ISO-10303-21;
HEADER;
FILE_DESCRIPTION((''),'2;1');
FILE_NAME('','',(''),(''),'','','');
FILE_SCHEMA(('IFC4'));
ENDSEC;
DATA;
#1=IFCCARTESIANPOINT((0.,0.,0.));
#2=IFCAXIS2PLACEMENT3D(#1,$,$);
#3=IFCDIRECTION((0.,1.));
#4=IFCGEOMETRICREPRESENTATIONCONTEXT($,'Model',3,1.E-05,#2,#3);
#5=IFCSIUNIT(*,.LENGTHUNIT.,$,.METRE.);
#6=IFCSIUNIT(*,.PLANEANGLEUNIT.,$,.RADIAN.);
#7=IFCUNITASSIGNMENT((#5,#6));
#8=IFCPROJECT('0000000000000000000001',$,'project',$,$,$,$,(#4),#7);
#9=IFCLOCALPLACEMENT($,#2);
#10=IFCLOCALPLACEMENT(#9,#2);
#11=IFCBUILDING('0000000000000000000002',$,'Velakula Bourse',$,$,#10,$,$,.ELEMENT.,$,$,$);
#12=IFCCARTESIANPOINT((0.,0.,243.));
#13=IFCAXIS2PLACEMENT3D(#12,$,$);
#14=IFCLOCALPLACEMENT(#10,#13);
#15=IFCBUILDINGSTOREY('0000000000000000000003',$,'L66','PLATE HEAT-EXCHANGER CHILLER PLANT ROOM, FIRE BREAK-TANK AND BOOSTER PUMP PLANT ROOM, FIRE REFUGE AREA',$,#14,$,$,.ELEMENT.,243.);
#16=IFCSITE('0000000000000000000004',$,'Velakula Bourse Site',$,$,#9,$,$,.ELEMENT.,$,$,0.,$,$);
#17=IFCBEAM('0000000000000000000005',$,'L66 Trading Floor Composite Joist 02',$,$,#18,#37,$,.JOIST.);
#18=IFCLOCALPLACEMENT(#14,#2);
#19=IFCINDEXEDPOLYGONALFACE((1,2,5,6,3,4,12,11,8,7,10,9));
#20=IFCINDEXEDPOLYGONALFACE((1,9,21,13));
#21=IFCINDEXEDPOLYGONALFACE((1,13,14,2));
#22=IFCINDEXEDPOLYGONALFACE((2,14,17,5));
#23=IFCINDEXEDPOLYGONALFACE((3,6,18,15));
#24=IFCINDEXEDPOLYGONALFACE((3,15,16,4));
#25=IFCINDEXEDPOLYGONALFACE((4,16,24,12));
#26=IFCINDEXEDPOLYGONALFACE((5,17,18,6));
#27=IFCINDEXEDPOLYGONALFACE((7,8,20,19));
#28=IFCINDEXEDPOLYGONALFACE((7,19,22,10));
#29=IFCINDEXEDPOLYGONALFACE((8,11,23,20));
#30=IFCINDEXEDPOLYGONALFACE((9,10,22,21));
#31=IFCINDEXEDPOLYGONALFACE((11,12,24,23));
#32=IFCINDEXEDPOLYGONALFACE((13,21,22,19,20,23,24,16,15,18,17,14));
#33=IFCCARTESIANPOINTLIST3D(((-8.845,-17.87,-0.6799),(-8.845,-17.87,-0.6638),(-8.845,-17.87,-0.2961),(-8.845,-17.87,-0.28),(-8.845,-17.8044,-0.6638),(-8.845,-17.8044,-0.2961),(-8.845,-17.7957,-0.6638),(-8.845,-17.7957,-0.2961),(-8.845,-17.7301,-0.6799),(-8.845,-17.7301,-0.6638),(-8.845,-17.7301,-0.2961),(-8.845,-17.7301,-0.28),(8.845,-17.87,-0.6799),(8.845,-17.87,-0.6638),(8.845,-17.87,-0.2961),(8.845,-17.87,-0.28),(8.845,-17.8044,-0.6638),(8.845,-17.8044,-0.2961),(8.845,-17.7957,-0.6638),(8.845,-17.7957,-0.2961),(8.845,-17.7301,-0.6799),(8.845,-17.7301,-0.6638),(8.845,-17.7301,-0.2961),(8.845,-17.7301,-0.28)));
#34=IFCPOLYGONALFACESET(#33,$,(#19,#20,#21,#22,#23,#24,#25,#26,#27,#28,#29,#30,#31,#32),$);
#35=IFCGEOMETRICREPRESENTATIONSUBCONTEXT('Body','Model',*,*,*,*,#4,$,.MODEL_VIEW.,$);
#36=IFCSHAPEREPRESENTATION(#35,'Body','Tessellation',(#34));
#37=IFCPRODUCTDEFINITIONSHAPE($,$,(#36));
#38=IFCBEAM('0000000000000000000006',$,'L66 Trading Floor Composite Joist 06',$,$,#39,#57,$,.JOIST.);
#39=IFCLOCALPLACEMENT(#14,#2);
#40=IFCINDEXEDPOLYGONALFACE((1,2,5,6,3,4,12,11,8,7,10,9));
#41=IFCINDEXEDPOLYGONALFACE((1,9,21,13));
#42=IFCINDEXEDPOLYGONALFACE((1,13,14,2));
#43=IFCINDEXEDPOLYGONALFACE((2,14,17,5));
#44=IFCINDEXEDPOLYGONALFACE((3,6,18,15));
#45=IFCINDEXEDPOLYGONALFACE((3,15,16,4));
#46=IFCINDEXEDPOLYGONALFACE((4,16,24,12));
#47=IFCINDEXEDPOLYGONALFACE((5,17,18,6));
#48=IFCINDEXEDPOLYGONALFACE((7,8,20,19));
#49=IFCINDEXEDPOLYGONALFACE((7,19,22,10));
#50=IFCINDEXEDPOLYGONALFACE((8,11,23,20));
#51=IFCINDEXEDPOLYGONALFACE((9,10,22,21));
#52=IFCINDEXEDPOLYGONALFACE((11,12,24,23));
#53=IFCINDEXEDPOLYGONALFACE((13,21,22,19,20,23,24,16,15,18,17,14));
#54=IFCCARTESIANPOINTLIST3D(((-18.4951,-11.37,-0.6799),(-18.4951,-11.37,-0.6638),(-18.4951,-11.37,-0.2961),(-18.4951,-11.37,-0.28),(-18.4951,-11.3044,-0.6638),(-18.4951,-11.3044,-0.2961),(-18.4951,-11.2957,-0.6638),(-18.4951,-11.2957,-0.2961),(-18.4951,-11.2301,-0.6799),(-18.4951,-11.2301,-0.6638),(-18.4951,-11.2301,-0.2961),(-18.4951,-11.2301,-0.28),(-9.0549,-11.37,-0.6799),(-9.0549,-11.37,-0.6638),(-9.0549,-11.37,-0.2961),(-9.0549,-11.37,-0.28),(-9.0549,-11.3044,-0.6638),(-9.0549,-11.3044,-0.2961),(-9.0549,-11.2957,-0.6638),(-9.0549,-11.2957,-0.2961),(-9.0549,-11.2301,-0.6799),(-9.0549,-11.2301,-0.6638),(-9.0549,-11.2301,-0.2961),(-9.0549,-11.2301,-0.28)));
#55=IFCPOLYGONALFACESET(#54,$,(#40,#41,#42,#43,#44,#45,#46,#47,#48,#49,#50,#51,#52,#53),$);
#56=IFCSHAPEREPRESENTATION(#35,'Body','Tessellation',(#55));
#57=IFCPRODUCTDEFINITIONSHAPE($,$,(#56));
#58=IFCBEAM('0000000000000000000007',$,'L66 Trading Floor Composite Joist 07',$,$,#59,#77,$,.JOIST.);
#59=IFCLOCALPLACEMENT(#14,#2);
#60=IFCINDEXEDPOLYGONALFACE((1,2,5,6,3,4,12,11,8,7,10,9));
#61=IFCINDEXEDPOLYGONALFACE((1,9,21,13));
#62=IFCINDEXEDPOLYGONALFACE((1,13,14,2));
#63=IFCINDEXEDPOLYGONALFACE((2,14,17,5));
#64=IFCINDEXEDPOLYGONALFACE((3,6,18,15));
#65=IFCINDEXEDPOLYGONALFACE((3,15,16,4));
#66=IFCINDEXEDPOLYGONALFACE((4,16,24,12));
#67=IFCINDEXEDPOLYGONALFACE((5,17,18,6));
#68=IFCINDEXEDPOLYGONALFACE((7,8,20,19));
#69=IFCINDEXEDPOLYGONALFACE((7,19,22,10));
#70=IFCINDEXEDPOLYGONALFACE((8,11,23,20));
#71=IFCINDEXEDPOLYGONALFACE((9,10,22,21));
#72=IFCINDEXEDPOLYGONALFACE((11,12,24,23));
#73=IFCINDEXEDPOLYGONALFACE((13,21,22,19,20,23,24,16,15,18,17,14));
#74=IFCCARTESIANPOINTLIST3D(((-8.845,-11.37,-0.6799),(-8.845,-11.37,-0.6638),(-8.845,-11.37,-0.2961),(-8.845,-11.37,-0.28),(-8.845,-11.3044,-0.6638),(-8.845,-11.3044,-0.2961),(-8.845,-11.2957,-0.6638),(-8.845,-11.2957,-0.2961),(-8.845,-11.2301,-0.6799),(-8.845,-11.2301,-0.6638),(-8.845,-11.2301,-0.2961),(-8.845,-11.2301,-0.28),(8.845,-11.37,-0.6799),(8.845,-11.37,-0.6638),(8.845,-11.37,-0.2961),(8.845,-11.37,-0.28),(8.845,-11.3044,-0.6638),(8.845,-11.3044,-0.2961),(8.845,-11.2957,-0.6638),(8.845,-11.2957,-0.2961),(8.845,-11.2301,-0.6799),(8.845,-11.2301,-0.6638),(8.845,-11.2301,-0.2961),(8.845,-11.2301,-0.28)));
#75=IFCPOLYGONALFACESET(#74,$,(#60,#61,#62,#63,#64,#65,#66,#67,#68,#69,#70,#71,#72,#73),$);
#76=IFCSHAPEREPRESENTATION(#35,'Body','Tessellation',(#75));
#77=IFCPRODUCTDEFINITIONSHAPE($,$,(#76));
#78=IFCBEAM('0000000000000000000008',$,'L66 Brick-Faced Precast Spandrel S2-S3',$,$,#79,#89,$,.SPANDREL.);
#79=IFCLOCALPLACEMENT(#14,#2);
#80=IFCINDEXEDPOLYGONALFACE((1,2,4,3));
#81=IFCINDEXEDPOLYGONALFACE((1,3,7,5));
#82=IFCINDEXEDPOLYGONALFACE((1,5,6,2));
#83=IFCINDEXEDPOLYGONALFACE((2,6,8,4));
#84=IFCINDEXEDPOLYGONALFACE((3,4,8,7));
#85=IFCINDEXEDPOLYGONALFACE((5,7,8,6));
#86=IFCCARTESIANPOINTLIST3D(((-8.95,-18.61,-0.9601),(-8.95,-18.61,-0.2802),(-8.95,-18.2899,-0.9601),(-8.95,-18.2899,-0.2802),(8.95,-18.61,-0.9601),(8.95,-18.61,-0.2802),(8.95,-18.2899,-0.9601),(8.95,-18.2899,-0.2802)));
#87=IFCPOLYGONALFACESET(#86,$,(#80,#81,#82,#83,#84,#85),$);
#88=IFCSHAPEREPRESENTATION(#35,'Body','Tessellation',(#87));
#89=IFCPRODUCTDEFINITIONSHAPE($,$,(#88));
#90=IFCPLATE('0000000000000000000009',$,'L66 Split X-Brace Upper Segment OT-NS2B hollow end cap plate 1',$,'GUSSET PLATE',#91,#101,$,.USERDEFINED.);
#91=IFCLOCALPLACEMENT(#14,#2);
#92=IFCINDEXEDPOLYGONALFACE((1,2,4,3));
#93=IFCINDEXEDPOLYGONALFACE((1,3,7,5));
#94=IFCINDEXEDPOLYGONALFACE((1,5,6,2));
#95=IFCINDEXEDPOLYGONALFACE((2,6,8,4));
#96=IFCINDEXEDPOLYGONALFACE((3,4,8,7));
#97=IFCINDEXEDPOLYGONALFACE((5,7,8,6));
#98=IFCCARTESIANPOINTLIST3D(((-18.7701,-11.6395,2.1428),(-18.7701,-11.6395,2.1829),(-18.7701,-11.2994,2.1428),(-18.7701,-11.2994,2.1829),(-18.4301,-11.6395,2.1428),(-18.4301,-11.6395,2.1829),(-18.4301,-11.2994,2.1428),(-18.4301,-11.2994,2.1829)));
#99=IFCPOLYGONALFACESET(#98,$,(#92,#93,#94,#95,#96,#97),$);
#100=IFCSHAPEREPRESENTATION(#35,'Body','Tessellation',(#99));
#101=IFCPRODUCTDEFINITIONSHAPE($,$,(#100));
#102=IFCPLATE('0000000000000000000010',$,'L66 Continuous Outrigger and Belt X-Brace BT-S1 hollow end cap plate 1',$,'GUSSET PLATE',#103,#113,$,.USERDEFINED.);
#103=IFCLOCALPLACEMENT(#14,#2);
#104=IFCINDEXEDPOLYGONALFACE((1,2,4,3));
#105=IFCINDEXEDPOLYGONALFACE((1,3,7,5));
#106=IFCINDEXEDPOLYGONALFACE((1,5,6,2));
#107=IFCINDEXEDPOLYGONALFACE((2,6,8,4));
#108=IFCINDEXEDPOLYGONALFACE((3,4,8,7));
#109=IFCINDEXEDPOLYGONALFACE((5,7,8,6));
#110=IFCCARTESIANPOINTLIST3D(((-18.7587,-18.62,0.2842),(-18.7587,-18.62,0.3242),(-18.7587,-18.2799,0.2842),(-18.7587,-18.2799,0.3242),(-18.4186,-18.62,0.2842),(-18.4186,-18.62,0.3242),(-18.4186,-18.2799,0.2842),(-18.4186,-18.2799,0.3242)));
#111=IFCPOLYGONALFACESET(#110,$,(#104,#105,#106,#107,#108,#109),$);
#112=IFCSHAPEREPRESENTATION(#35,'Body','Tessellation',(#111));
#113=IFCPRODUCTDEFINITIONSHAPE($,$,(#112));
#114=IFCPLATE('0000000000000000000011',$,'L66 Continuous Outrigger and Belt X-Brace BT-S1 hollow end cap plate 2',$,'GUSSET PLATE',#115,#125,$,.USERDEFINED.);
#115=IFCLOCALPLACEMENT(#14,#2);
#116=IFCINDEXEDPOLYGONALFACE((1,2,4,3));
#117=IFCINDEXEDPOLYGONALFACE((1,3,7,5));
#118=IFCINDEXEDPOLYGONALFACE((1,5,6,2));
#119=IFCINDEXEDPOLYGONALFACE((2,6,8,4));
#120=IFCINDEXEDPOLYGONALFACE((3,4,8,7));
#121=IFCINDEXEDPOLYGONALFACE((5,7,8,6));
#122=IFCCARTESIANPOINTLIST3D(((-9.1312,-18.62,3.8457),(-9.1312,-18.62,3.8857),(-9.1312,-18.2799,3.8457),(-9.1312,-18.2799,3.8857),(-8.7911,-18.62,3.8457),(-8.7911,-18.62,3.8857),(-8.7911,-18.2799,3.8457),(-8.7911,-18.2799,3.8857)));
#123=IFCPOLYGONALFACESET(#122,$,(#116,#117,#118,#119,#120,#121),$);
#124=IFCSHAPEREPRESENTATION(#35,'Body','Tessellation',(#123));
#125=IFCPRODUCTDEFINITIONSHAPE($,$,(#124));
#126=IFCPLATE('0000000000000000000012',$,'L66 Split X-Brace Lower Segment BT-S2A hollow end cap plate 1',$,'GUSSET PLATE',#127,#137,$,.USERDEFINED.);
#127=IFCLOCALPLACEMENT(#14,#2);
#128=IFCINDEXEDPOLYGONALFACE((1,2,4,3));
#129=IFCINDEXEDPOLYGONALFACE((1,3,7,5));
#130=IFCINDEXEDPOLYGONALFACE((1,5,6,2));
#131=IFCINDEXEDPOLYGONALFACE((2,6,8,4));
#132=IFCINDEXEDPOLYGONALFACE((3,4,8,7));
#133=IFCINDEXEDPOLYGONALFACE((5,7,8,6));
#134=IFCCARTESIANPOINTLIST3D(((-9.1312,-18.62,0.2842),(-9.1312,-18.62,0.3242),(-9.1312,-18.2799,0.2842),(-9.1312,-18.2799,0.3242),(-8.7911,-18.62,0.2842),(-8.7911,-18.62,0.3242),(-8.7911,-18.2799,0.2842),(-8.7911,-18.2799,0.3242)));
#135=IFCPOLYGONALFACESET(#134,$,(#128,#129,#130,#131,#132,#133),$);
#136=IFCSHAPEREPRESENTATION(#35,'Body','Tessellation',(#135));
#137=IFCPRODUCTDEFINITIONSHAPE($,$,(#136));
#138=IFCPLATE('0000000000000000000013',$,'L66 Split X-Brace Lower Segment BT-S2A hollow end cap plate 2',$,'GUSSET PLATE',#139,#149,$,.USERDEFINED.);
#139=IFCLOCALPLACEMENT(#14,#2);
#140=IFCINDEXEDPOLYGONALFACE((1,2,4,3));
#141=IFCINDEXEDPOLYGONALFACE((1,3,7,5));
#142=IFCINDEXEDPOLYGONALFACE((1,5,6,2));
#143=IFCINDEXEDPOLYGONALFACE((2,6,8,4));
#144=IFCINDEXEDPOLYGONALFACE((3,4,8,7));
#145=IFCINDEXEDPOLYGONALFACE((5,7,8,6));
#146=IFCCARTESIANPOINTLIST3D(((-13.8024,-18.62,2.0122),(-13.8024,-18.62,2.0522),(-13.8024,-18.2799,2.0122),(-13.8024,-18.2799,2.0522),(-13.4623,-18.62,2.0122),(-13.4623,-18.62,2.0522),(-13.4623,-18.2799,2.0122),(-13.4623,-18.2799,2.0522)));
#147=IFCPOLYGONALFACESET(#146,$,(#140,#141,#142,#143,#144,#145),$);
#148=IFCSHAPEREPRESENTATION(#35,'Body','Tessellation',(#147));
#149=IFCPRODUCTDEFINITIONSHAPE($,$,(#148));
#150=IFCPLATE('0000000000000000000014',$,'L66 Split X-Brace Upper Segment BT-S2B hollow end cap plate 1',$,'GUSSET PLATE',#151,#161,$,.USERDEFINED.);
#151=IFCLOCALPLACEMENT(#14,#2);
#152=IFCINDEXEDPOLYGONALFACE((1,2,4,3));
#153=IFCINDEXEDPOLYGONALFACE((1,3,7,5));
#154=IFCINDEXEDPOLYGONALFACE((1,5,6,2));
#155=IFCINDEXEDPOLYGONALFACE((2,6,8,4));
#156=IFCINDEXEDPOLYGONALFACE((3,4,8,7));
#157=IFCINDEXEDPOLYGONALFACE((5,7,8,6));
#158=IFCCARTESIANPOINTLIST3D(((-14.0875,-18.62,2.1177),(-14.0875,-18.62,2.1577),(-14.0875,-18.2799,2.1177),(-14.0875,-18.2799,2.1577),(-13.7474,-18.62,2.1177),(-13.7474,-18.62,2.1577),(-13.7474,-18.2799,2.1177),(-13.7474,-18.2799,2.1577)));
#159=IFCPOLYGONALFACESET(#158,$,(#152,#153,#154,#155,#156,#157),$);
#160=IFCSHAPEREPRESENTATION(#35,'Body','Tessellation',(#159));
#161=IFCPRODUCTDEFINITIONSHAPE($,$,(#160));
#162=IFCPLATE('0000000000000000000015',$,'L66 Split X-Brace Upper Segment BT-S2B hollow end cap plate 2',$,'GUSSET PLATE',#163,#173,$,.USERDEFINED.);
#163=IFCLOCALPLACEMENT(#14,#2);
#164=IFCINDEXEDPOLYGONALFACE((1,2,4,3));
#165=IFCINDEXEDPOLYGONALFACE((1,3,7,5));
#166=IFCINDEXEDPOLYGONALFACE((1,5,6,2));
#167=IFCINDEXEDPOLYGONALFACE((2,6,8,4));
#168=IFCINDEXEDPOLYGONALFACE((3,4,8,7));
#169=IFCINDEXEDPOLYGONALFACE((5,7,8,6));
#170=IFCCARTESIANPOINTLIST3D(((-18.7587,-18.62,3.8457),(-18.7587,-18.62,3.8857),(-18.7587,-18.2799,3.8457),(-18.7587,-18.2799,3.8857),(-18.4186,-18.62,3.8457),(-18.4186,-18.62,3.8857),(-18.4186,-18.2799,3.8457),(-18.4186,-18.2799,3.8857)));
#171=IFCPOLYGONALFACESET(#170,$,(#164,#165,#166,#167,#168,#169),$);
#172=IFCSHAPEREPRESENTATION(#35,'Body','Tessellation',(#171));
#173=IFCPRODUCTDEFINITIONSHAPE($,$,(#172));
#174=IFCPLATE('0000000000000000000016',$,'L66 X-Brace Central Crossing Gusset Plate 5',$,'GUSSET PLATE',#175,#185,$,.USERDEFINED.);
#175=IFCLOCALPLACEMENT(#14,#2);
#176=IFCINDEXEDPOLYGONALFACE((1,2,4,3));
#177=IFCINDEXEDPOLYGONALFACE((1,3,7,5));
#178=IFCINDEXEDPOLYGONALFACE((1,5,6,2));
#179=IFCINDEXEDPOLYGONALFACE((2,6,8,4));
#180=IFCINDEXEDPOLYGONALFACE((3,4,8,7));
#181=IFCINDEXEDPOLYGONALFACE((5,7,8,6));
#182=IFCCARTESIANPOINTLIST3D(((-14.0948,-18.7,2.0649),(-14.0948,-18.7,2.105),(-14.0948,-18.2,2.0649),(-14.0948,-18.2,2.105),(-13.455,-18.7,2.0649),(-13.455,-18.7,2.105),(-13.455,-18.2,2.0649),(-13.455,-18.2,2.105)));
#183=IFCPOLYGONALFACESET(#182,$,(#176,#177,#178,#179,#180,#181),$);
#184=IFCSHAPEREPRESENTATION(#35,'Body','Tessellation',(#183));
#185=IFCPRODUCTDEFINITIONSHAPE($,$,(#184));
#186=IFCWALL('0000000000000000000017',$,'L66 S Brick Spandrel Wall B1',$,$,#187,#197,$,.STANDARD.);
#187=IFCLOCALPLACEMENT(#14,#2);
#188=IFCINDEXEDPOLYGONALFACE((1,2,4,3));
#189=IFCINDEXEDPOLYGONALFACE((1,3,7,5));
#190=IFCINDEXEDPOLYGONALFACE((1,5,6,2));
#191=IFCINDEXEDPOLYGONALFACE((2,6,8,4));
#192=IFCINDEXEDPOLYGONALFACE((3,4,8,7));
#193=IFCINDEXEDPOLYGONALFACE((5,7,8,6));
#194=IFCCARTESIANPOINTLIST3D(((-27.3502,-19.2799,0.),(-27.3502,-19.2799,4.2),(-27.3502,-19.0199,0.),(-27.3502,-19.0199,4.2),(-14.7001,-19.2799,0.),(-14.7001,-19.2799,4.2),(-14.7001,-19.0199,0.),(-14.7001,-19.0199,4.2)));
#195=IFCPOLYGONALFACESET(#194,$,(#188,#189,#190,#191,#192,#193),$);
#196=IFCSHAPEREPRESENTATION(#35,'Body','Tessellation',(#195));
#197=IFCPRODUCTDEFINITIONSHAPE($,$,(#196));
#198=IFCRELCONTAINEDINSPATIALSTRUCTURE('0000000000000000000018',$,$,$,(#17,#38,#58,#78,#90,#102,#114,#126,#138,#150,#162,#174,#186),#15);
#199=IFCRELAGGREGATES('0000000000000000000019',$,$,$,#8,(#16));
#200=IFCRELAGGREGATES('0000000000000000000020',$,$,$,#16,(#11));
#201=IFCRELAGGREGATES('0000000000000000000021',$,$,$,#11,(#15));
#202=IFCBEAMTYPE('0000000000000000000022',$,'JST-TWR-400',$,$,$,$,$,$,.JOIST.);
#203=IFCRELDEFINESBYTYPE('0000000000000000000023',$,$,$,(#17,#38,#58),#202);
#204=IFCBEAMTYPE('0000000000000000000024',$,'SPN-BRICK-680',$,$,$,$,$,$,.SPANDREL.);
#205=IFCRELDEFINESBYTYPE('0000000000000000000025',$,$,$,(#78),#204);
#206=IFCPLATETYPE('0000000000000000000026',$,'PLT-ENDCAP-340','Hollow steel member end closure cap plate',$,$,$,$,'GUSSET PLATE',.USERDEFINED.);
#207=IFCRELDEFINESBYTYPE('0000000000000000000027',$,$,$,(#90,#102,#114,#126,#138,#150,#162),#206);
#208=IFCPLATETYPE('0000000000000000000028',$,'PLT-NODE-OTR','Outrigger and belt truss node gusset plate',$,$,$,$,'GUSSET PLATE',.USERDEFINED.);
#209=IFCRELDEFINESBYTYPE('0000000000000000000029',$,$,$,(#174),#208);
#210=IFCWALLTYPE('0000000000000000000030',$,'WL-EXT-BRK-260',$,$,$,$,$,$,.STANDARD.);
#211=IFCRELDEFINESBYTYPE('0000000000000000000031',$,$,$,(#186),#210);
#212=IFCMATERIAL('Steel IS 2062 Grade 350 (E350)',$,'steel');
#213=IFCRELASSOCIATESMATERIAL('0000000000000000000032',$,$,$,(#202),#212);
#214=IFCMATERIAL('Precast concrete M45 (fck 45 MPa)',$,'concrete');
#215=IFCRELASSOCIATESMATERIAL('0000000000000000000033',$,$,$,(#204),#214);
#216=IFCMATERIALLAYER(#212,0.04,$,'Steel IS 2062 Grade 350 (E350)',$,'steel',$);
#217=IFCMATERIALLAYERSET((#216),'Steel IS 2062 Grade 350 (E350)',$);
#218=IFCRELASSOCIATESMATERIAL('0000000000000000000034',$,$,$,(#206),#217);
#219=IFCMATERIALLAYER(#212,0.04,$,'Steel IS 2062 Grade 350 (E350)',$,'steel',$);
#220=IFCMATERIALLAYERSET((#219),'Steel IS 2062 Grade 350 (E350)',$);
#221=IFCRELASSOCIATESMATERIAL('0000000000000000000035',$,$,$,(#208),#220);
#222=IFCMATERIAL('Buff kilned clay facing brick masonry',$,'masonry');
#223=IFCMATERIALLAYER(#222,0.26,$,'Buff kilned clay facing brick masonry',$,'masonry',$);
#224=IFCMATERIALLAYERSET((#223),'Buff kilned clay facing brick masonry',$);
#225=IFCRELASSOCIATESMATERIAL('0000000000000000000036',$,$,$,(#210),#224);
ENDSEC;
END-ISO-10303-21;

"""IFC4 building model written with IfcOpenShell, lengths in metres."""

from ifc_helpers import new_model, si_unit, direction, frame, frame_2d, origin, origin_2d, place, context, subcontext, project, spatial, rectangle, i_section, extrude, material, layer, layer_set, material_profile, profile_set, type_object, element, save


model = new_model("IFC4")

# Units and contexts
model_context = context("Model", 3, precision=1e-05, world=origin(), true_north=direction((0.0, 1.0)))
body_context = subcontext(model_context, "Body", "Model", "MODEL_VIEW")
ifc_project = project(units=[si_unit("LENGTHUNIT", "METRE"), si_unit("PLANEANGLEUNIT", "RADIAN")], contexts=[model_context])

# Site, building, storey
site_placement = place(None, origin())
site = spatial("IfcSite", under=ifc_project, at=site_placement, Name="Velakula Bourse Site", CompositionType="ELEMENT", RefElevation=0.0)
building_placement = place(site_placement, origin())
building = spatial("IfcBuilding", under=site, at=building_placement, Name="Velakula Bourse", CompositionType="ELEMENT")
storey_placement = place(building_placement, frame((0.0, 0.0, 243.0)))
storey = spatial("IfcBuildingStorey", under=building, at=storey_placement, Name="L66", Description="PLATE HEAT-EXCHANGER CHILLER PLANT ROOM, FIRE BREAK-TANK AND BOOSTER PUMP PLANT ROOM, FIRE REFUGE AREA", CompositionType="ELEMENT", Elevation=243.0)

# Shared definitions
ifc_material_1 = material(Name="Steel IS 2062 Grade 350 (E350)", Category="steel")

# Beams
ifc_material_profile_1 = material_profile(ifc_material_1, i_section(OverallWidth=0.1399, OverallDepth=0.3999, WebThickness=0.0088, FlangeThickness=0.0161, at=origin_2d()), Name="Steel IS 2062 Grade 350 (E350)")
ifc_profile_set_1 = profile_set([ifc_material_profile_1], Name="Steel IS 2062 Grade 350 (E350)")
beam_type_1 = type_object("IfcBeamType", Name="JST-TWR-400", PredefinedType="JOIST", material=ifc_profile_set_1)
beam_1_placement = place(storey_placement, frame((-8.845, -17.8, -0.48), z_axis=(1.0, 0.0, 0.0), x_axis=(0.0, 1.0, 0.0)))
element("IfcBeam", 1, at=beam_1_placement, inside=storey, type_object=beam_type_1, Name="L66 Trading Floor Composite Joist 02", PredefinedType="JOIST", context=body_context, shape_type="SweptSolid", body=[
    extrude(i_section(OverallWidth=0.1399, OverallDepth=0.3999, WebThickness=0.0088, FlangeThickness=0.0161, at=origin_2d()), origin(), (0.0, 0.0, 1.0), 17.6899),
])
beam_2_placement = place(storey_placement, frame((-18.4951, -11.3, -0.48), z_axis=(1.0, 0.0, 0.0), x_axis=(0.0, 1.0, 0.0)))
element("IfcBeam", 2, at=beam_2_placement, inside=storey, type_object=beam_type_1, Name="L66 Trading Floor Composite Joist 06", PredefinedType="JOIST", context=body_context, shape_type="SweptSolid", body=[
    extrude(i_section(OverallWidth=0.1399, OverallDepth=0.3999, WebThickness=0.0088, FlangeThickness=0.0161, at=origin_2d()), origin(), (0.0, 0.0, 1.0), 9.4402),
])
beam_3_placement = place(storey_placement, frame((-8.845, -11.3, -0.48), z_axis=(1.0, 0.0, 0.0), x_axis=(0.0, 1.0, 0.0)))
element("IfcBeam", 3, at=beam_3_placement, inside=storey, type_object=beam_type_1, Name="L66 Trading Floor Composite Joist 07", PredefinedType="JOIST", context=body_context, shape_type="SweptSolid", body=[
    extrude(i_section(OverallWidth=0.1399, OverallDepth=0.3999, WebThickness=0.0088, FlangeThickness=0.0161, at=origin_2d()), origin(), (0.0, 0.0, 1.0), 17.6899),
])
ifc_material_2 = material(Name="Precast concrete M45 (fck 45 MPa)", Category="concrete")
ifc_material_profile_2 = material_profile(ifc_material_2, rectangle(XDim=0.3201, YDim=0.6799, at=origin_2d()), Name="Precast concrete M45 (fck 45 MPa)")
ifc_profile_set_2 = profile_set([ifc_material_profile_2], Name="Precast concrete M45 (fck 45 MPa)")
beam_type_2 = type_object("IfcBeamType", Name="SPN-BRICK-680", PredefinedType="SPANDREL", material=ifc_profile_set_2)
beam_4_placement = place(storey_placement, frame((-8.95, -18.45, -0.6201), z_axis=(1.0, 0.0, 0.0), x_axis=(0.0, 1.0, 0.0)))
element("IfcBeam", 4, at=beam_4_placement, inside=storey, type_object=beam_type_2, Name="L66 Brick-Faced Precast Spandrel S2-S3", PredefinedType="SPANDREL", context=body_context, shape_type="SweptSolid", body=[
    extrude(rectangle(XDim=0.3201, YDim=0.6799, at=origin_2d()), origin(), (0.0, 0.0, 1.0), 17.8999),
])

# Plates
ifc_layer_1 = layer(ifc_material_1, 0.04, Name="Steel IS 2062 Grade 350 (E350)", Category="steel")
ifc_layer_set_1 = layer_set([ifc_layer_1], Name="Steel IS 2062 Grade 350 (E350)")
plate_type_1 = type_object("IfcPlateType", Name="PLT-ENDCAP-340", Description="Hollow steel member end closure cap plate", ElementType="GUSSET PLATE", PredefinedType="USERDEFINED", material=ifc_layer_set_1)
for number, where, z_axis, x_axis, name in (
    (5, (-18.6001, -11.4695, 2.1428), (0.0, 0.0, 1.0), (0.0, 1.0, 0.0), "L66 Split X-Brace Upper Segment OT-NS2B hollow end cap plate 1"),
    (6, (-18.5886, -18.45, 0.2842), (0.0, 0.0, 1.0), (1.0, 0.0, 0.0), "L66 Continuous Outrigger and Belt X-Brace BT-S1 hollow end cap plate 1"),
    (7, (-8.9612, -18.45, 3.8457), (0.0, 0.0, 1.0), (1.0, 0.0, 0.0), "L66 Continuous Outrigger and Belt X-Brace BT-S1 hollow end cap plate 2"),
    (8, (-8.9612, -18.45, 0.2842), (0.0, 0.0, 1.0), (-1.0, 0.0, 0.0), "L66 Split X-Brace Lower Segment BT-S2A hollow end cap plate 1"),
    (9, (-13.6323, -18.45, 2.0122), (0.0, 0.0, 1.0), (-1.0, 0.0, 0.0), "L66 Split X-Brace Lower Segment BT-S2A hollow end cap plate 2"),
    (10, (-13.9175, -18.45, 2.1177), (0.0, 0.0, 1.0), (-1.0, 0.0, 0.0), "L66 Split X-Brace Upper Segment BT-S2B hollow end cap plate 1"),
    (11, (-18.5886, -18.45, 3.8457), (0.0, 0.0, 1.0), (-1.0, 0.0, 0.0), "L66 Split X-Brace Upper Segment BT-S2B hollow end cap plate 2"),
):
    element("IfcPlate", number, at=place(storey_placement, frame(where, z_axis=z_axis, x_axis=x_axis)), inside=storey, type_object=plate_type_1, Name=name, ObjectType="GUSSET PLATE", PredefinedType="USERDEFINED", context=body_context, shape_type="SweptSolid", body=[
        extrude(rectangle(XDim=0.3401, YDim=0.3401, at=origin_2d()), origin(), (0.0, 0.0, 1.0), 0.04),
    ])
ifc_layer_2 = layer(ifc_material_1, 0.04, Name="Steel IS 2062 Grade 350 (E350)", Category="steel")
ifc_layer_set_2 = layer_set([ifc_layer_2], Name="Steel IS 2062 Grade 350 (E350)")
plate_type_2 = type_object("IfcPlateType", Name="PLT-NODE-OTR", Description="Outrigger and belt truss node gusset plate", ElementType="GUSSET PLATE", PredefinedType="USERDEFINED", material=ifc_layer_set_2)
plate_placement = place(storey_placement, frame((-13.7749, -18.45, 2.0649), z_axis=(0.0, 0.0, 1.0), x_axis=(1.0, 0.0, 0.0)))
element("IfcPlate", 12, at=plate_placement, inside=storey, type_object=plate_type_2, Name="L66 X-Brace Central Crossing Gusset Plate 5", ObjectType="GUSSET PLATE", PredefinedType="USERDEFINED", context=body_context, shape_type="SweptSolid", body=[
    extrude(rectangle(XDim=0.6399, YDim=0.5, at=origin_2d()), origin(), (0.0, 0.0, 1.0), 0.04),
])

# Wall
ifc_material_3 = material(Name="Buff kilned clay facing brick masonry", Category="masonry")
ifc_layer_3 = layer(ifc_material_3, 0.26, Name="Buff kilned clay facing brick masonry", Category="masonry")
ifc_layer_set_3 = layer_set([ifc_layer_3], Name="Buff kilned clay facing brick masonry")
wall_type = type_object("IfcWallType", Name="WL-EXT-BRK-260", PredefinedType="STANDARD", material=ifc_layer_set_3)
wall_1_placement = place(storey_placement, frame((-14.7, -19.1499, 0.0), z_axis=(0.0, 0.0, 1.0), x_axis=(-1.0, 0.0, 0.0)))
element("IfcWall", 13, at=wall_1_placement, inside=storey, type_object=wall_type, Name="L66 S Brick Spandrel Wall B1", PredefinedType="STANDARD", context=body_context, shape_type="SweptSolid", body=[
    extrude(rectangle(XDim=12.6501, YDim=0.26, at=frame_2d((6.3252, 0.0))), origin(), (0.0, 0.0, 1.0), 4.2),
])

save(model, "model.ifc")
